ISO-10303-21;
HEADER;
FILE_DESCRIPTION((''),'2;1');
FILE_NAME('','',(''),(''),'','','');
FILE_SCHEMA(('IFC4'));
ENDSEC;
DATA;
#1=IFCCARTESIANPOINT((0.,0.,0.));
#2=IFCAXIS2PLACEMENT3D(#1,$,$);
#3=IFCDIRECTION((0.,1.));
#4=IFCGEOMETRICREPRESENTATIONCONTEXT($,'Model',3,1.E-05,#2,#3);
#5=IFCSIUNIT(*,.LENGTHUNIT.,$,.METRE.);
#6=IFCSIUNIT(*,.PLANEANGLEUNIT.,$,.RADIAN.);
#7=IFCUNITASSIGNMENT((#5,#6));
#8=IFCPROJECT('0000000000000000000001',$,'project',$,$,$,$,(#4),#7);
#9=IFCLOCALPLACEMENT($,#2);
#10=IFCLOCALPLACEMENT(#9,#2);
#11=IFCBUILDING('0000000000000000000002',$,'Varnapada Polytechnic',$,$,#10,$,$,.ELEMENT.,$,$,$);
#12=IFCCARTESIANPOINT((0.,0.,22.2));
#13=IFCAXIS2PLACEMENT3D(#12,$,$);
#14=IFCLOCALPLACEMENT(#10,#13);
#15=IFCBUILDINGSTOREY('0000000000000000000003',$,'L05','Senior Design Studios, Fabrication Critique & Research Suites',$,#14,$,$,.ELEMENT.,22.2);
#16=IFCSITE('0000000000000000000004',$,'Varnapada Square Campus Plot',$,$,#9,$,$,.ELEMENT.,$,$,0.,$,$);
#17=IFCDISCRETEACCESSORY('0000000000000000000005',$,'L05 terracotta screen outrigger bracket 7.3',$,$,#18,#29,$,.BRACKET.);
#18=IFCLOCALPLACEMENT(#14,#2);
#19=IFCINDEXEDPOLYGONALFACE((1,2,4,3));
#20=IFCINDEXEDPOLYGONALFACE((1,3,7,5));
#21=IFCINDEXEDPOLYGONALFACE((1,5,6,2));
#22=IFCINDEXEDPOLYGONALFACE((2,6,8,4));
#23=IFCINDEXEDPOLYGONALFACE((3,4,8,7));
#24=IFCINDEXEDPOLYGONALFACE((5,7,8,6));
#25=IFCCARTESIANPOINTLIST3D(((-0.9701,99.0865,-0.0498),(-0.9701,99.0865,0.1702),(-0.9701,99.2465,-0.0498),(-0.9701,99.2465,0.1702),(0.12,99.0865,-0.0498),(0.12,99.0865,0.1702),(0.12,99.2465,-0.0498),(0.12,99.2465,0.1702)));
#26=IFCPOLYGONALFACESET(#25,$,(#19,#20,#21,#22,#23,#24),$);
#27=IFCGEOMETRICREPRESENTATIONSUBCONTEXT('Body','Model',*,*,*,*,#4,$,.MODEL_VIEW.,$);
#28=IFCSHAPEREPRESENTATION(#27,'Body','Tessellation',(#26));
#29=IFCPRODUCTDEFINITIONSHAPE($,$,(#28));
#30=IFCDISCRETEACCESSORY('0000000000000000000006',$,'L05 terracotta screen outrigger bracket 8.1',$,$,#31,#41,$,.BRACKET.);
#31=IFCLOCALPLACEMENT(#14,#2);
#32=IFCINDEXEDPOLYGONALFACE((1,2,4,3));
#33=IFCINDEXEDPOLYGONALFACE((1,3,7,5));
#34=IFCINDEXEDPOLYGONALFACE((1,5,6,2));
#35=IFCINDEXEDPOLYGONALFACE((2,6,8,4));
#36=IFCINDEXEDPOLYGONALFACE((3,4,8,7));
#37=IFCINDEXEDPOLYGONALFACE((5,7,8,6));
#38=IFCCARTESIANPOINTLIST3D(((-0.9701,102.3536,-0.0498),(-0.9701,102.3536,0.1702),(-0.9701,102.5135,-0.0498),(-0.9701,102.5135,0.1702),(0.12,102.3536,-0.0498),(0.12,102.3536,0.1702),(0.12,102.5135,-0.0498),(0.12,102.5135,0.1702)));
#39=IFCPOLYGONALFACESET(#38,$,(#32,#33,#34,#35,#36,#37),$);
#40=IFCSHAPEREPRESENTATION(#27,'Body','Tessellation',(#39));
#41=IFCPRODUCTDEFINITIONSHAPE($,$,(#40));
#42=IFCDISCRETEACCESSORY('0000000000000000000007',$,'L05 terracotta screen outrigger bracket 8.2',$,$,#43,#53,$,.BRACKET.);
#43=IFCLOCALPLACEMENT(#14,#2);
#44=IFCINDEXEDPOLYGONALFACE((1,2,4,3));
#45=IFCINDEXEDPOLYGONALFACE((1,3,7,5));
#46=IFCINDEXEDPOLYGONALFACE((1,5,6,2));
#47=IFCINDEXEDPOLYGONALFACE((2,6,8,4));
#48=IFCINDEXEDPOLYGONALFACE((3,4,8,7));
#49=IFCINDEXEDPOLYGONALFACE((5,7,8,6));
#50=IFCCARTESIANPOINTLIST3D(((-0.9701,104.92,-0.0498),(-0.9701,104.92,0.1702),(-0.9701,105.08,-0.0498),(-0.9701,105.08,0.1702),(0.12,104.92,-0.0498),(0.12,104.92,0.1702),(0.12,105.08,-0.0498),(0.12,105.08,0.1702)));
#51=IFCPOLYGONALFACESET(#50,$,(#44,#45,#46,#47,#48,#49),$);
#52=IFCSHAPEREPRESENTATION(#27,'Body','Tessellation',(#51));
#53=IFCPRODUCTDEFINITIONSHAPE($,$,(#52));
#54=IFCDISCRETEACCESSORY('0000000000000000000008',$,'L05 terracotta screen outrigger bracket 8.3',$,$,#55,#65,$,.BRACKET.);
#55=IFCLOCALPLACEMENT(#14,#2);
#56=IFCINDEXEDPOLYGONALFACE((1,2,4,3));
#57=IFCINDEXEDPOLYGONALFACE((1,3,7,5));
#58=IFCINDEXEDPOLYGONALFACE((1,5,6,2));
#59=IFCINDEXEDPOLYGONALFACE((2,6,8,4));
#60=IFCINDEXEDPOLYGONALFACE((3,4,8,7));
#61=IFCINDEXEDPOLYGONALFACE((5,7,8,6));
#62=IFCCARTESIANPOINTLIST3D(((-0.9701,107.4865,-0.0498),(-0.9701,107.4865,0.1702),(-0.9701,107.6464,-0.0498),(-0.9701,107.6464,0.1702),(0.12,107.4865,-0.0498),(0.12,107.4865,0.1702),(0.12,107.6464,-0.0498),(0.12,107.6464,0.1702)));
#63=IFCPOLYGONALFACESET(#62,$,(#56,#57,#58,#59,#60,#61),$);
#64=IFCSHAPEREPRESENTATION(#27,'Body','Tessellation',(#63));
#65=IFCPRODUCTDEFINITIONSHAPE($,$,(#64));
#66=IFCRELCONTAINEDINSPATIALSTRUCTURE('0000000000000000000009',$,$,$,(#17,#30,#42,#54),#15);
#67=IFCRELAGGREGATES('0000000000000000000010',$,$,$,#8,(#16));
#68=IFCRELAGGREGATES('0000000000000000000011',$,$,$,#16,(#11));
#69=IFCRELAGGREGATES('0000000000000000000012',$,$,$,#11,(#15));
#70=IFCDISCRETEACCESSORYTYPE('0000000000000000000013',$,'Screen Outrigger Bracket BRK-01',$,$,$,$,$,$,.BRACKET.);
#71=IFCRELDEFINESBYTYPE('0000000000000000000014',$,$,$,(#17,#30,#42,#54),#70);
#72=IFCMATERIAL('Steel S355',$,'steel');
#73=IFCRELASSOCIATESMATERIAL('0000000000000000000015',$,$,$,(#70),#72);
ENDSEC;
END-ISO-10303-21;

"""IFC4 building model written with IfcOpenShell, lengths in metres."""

from ifc_helpers import new_model, si_unit, direction, frame, origin, origin_2d, place, context, subcontext, project, spatial, rectangle, extrude, material, type_object, element, save


model = new_model("IFC4")

# Units and contexts
model_context = context("Model", 3, precision=1e-05, world=origin(), true_north=direction((0.0, 1.0)))
body_context = subcontext(model_context, "Body", "Model", "MODEL_VIEW")
ifc_project = project(units=[si_unit("LENGTHUNIT", "METRE"), si_unit("PLANEANGLEUNIT", "RADIAN")], contexts=[model_context])

# Site, building, storey
site_placement = place(None, origin())
site = spatial("IfcSite", under=ifc_project, at=site_placement, Name="Varnapada Square Campus Plot", CompositionType="ELEMENT", RefElevation=0.0)
building_placement = place(site_placement, origin())
building = spatial("IfcBuilding", under=site, at=building_placement, Name="Varnapada Polytechnic", CompositionType="ELEMENT")
storey_placement = place(building_placement, frame((0.0, 0.0, 22.2)))
storey = spatial("IfcBuildingStorey", under=building, at=storey_placement, Name="L05", Description="Senior Design Studios, Fabrication Critique & Research Suites", CompositionType="ELEMENT", Elevation=22.2)

# Discrete accessories
ifc_material_1 = material(Name="Steel S355", Category="steel")
discrete_accessory_type = type_object("IfcDiscreteAccessoryType", Name="Screen Outrigger Bracket BRK-01", PredefinedType="BRACKET", material=ifc_material_1)
for number, where, z_axis, x_axis, name in (
    (1, (-0.425, 99.1665, -0.0498), (0.0, 0.0, 1.0), (0.0, 1.0, 0.0), "L05 terracotta screen outrigger bracket 7.3"),
    (2, (-0.425, 102.4336, -0.0498), (0.0, 0.0, 1.0), (0.0, 1.0, 0.0), "L05 terracotta screen outrigger bracket 8.1"),
    (3, (-0.425, 105.0, -0.0498), (0.0, 0.0, 1.0), (0.0, 1.0, 0.0), "L05 terracotta screen outrigger bracket 8.2"),
    (4, (-0.425, 107.5664, -0.0498), (0.0, 0.0, 1.0), (0.0, 1.0, 0.0), "L05 terracotta screen outrigger bracket 8.3"),
):
    element("IfcDiscreteAccessory", number, at=place(storey_placement, frame(where, z_axis=z_axis, x_axis=x_axis)), inside=storey, type_object=discrete_accessory_type, Name=name, PredefinedType="BRACKET", context=body_context, shape_type="SweptSolid", body=[
        extrude(rectangle(XDim=0.1599, YDim=1.0901, at=origin_2d()), origin(), (0.0, 0.0, 1.0), 0.22),
    ])

save(model, "model.ifc")
